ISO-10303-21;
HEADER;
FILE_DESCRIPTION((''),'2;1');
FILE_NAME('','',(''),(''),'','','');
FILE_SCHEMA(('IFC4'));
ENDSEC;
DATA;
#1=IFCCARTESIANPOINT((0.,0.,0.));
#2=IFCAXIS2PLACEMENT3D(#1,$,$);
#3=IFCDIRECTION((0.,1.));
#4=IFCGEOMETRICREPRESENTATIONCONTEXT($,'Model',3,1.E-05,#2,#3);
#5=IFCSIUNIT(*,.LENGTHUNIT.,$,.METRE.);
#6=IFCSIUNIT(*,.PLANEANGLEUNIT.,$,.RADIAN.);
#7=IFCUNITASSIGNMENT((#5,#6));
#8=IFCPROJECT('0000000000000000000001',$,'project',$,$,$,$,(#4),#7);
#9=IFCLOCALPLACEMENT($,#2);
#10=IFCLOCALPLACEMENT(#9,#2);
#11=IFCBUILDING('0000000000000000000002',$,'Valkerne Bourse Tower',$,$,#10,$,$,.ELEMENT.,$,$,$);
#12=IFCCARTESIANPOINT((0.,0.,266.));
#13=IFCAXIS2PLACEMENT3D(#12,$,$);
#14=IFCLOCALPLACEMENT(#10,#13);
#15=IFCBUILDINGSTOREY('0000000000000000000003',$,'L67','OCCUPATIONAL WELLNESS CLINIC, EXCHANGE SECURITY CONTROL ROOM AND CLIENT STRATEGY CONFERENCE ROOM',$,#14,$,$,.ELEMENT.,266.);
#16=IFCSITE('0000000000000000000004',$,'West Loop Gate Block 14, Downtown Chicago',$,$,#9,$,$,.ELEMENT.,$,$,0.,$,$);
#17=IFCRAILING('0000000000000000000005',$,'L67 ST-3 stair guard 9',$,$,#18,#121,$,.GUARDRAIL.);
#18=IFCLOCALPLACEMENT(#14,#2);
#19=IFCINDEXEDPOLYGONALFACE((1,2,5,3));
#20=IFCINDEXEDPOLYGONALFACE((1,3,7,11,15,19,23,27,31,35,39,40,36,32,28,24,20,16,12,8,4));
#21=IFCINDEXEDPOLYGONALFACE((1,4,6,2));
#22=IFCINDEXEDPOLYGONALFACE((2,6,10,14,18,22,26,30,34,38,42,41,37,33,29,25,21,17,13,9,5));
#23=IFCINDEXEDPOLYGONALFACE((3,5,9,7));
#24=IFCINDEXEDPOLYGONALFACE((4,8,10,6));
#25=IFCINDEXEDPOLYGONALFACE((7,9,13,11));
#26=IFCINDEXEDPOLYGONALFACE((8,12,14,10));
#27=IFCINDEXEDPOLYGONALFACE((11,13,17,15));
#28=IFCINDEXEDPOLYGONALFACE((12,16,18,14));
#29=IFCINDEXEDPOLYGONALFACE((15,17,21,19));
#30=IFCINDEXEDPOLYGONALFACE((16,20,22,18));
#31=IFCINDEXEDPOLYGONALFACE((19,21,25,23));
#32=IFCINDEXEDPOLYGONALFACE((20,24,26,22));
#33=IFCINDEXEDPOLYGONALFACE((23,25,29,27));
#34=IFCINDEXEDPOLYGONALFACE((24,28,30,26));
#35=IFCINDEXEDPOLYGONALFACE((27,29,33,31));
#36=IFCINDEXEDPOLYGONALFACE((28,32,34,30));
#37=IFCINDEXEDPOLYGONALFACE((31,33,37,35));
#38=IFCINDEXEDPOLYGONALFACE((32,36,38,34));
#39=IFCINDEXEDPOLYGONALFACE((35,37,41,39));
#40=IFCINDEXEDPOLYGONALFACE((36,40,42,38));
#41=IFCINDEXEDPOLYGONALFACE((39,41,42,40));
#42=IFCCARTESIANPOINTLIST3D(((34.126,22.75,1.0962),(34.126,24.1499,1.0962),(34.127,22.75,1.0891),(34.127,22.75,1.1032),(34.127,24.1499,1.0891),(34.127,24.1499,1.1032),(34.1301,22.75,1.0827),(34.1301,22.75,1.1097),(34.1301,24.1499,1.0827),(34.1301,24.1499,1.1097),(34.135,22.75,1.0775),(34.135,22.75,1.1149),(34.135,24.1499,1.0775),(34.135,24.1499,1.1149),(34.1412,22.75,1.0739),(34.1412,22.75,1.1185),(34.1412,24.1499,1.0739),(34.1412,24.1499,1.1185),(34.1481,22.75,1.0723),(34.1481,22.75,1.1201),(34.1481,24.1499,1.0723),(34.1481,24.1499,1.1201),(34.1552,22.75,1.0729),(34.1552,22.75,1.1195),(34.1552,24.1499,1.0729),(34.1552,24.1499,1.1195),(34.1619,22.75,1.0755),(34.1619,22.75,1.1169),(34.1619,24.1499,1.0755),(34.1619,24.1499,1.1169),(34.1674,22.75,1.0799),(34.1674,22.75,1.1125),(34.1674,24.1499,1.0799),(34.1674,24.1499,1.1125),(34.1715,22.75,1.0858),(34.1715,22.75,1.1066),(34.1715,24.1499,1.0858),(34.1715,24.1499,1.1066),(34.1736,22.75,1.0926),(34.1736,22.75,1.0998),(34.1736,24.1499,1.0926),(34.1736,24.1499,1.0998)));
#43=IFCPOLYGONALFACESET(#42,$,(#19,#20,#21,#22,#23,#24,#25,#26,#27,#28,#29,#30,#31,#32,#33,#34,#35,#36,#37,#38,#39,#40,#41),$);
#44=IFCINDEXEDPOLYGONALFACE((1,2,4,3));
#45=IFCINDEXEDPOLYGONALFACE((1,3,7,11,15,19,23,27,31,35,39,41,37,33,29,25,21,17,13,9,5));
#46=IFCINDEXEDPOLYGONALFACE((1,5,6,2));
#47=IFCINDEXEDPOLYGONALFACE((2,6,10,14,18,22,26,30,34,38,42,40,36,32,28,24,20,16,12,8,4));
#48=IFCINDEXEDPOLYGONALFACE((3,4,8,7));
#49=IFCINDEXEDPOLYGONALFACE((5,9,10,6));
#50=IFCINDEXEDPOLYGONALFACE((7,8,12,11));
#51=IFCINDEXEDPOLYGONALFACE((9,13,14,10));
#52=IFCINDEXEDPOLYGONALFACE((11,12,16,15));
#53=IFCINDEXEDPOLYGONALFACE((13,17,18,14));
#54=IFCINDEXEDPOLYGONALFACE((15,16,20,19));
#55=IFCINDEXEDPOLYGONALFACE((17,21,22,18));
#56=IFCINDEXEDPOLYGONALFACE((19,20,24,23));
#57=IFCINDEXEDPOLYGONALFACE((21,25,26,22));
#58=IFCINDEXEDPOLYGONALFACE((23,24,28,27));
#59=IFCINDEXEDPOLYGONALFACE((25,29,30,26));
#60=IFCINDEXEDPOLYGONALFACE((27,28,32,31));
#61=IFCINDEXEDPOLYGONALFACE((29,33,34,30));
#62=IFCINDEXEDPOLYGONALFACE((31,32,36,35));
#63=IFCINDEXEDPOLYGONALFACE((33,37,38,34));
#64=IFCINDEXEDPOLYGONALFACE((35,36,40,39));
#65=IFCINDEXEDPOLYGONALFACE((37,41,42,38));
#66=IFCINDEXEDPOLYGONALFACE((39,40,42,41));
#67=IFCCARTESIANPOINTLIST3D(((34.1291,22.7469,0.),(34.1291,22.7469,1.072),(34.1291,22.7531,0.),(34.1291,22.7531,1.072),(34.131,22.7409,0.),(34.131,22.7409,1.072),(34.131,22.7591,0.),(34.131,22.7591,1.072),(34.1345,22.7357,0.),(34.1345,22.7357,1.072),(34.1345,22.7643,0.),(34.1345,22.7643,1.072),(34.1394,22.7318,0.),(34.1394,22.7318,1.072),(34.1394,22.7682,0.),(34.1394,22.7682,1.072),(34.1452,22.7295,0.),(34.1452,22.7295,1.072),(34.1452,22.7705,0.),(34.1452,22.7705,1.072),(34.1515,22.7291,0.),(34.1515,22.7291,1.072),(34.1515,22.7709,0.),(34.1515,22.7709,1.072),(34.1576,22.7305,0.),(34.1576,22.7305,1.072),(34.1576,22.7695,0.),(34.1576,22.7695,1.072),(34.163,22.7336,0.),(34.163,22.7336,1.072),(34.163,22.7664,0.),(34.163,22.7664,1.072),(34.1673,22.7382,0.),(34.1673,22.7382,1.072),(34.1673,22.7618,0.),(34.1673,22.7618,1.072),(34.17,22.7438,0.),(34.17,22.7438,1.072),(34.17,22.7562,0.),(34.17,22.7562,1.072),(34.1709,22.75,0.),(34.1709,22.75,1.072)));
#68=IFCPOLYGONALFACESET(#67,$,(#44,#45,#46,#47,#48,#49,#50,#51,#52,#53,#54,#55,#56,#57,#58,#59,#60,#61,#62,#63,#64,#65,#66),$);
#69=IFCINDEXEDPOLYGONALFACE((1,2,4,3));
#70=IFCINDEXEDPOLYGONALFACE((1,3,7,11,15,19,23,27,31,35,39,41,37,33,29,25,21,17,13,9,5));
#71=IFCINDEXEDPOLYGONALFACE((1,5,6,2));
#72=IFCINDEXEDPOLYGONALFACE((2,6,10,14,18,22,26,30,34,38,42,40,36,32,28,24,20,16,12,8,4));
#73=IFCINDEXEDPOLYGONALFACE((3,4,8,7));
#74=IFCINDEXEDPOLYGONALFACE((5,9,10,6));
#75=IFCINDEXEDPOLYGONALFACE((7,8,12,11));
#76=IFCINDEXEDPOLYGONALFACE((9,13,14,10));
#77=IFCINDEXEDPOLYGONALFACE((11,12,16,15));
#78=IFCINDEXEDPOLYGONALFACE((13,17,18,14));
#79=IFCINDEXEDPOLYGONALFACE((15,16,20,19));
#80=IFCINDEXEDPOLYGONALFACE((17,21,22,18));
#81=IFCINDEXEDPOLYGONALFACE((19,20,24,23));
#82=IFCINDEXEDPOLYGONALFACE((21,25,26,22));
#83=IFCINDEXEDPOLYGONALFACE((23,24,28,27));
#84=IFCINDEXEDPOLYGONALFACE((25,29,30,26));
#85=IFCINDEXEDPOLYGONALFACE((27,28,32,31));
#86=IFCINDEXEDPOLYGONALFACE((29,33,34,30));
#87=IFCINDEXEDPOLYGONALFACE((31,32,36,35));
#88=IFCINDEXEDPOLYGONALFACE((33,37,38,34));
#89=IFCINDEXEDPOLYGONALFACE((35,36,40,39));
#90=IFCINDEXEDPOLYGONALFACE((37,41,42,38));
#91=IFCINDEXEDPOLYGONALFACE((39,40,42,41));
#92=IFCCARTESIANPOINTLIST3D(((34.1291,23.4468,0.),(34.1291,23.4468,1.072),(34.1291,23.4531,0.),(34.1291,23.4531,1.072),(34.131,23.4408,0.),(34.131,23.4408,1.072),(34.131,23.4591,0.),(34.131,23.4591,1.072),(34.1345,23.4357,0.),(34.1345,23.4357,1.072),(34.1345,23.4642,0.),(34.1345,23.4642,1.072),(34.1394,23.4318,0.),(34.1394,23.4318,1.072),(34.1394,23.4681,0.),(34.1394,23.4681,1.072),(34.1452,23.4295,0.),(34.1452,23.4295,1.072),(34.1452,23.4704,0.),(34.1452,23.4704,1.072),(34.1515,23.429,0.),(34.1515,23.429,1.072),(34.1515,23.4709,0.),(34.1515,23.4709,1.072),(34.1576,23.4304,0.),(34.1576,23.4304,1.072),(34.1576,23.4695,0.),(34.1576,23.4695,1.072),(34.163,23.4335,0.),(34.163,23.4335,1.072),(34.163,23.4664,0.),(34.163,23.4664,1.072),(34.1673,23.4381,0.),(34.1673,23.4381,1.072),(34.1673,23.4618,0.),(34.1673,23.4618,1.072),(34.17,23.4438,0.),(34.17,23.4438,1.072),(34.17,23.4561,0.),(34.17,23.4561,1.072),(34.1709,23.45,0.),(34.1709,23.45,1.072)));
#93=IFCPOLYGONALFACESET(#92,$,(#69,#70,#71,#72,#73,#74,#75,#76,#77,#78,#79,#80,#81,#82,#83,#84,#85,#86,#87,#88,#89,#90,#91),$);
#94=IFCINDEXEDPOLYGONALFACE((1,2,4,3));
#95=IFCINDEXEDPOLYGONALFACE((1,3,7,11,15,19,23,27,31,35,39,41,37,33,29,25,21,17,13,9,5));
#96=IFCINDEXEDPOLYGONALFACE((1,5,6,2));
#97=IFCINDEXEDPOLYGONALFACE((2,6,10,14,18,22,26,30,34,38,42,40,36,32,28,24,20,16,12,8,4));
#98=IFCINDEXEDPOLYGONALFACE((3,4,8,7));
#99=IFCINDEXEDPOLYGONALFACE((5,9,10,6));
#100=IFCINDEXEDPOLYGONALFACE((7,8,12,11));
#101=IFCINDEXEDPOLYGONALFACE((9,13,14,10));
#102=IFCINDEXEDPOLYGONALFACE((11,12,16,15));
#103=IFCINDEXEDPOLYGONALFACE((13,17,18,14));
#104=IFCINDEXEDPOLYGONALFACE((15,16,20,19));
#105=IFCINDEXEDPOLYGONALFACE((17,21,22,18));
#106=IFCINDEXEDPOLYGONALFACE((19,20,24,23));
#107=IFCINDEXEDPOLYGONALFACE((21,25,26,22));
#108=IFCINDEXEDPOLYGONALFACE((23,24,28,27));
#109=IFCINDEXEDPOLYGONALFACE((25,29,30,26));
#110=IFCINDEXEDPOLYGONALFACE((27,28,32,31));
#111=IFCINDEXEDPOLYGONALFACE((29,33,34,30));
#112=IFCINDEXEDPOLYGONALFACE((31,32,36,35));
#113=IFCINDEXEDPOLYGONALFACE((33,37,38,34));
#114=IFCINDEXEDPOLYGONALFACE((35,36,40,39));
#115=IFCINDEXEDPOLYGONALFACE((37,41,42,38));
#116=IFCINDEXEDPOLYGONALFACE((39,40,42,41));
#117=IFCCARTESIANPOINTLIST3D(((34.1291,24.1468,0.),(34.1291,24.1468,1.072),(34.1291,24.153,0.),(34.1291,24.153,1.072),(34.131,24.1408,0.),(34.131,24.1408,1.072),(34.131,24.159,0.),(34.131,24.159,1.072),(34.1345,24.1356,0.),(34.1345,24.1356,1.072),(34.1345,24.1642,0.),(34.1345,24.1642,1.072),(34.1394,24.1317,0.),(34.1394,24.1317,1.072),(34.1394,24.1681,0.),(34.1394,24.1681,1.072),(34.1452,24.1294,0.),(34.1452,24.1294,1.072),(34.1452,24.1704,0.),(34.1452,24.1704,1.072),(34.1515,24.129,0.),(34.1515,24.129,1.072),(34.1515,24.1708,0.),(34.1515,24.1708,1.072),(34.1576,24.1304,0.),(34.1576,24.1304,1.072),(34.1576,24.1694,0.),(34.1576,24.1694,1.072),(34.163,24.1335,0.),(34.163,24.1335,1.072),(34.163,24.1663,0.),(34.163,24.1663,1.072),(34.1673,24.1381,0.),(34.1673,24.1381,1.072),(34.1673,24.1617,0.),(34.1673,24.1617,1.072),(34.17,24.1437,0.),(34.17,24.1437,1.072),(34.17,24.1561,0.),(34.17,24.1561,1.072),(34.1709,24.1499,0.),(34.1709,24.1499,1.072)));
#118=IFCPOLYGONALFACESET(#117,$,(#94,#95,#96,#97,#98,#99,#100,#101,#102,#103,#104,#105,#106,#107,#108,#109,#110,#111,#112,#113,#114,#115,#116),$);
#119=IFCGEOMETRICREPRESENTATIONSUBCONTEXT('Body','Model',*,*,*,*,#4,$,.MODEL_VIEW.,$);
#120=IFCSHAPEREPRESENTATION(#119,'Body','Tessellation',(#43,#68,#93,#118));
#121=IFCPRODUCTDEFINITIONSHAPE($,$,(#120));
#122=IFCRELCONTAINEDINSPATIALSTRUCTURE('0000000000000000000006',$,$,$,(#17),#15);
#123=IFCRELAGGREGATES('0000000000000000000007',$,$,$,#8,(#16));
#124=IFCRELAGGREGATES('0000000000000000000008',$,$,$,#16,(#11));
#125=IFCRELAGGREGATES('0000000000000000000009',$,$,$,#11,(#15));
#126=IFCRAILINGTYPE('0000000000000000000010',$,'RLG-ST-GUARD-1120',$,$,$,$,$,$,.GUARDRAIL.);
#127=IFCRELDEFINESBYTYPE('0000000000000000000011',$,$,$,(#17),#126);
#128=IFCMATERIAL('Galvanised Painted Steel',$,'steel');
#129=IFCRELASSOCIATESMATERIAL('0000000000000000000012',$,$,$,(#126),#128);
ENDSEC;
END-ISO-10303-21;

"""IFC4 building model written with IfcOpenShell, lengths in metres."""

from ifc_helpers import new_model, si_unit, direction, frame, origin, origin_2d, place, context, subcontext, project, spatial, circle, extrude, material, type_object, element, save


model = new_model("IFC4")

# Units and contexts
model_context = context("Model", 3, precision=1e-05, world=origin(), true_north=direction((0.0, 1.0)))
body_context = subcontext(model_context, "Body", "Model", "MODEL_VIEW")
ifc_project = project(units=[si_unit("LENGTHUNIT", "METRE"), si_unit("PLANEANGLEUNIT", "RADIAN")], contexts=[model_context])

# Site, building, storey
site_placement = place(None, origin())
site = spatial("IfcSite", under=ifc_project, at=site_placement, Name="West Loop Gate Block 14, Downtown Chicago", CompositionType="ELEMENT", RefElevation=0.0)
building_placement = place(site_placement, origin())
building = spatial("IfcBuilding", under=site, at=building_placement, Name="Valkerne Bourse Tower", CompositionType="ELEMENT")
storey_placement = place(building_placement, frame((0.0, 0.0, 266.0)))
storey = spatial("IfcBuildingStorey", under=building, at=storey_placement, Name="L67", Description="OCCUPATIONAL WELLNESS CLINIC, EXCHANGE SECURITY CONTROL ROOM AND CLIENT STRATEGY CONFERENCE ROOM", CompositionType="ELEMENT", Elevation=266.0)

# Shared definitions
ifc_material_1 = material(Name="Galvanised Painted Steel", Category="steel")

# Railing
railing_type_1 = type_object("IfcRailingType", Name="RLG-ST-GUARD-1120", PredefinedType="GUARDRAIL", material=ifc_material_1)
railing_1_placement = place(storey_placement, frame((34.1499, 22.75, 0.0)))
element("IfcRailing", 1, at=railing_1_placement, inside=storey, type_object=railing_type_1, Name="L67 ST-3 stair guard 9", PredefinedType="GUARDRAIL", context=body_context, shape_type="SweptSolid", body=[
    extrude(circle(Radius=0.0239, at=origin_2d()), frame((0.0, 0.0, 1.0962), z_axis=(0.0, 1.0, 0.0), x_axis=(-1.0, 0.0, 0.0)), (0.0, 0.0, 1.0), 1.3999),
    extrude(circle(Radius=0.021, at=origin_2d()), origin(), (0.0, 0.0, 1.0), 1.072),
    extrude(circle(Radius=0.021, at=origin_2d()), frame((0.0, 0.7, 0.0)), (0.0, 0.0, 1.0), 1.072),
    extrude(circle(Radius=0.021, at=origin_2d()), frame((0.0, 1.3999, 0.0)), (0.0, 0.0, 1.0), 1.072),
])

save(model, "model.ifc")
